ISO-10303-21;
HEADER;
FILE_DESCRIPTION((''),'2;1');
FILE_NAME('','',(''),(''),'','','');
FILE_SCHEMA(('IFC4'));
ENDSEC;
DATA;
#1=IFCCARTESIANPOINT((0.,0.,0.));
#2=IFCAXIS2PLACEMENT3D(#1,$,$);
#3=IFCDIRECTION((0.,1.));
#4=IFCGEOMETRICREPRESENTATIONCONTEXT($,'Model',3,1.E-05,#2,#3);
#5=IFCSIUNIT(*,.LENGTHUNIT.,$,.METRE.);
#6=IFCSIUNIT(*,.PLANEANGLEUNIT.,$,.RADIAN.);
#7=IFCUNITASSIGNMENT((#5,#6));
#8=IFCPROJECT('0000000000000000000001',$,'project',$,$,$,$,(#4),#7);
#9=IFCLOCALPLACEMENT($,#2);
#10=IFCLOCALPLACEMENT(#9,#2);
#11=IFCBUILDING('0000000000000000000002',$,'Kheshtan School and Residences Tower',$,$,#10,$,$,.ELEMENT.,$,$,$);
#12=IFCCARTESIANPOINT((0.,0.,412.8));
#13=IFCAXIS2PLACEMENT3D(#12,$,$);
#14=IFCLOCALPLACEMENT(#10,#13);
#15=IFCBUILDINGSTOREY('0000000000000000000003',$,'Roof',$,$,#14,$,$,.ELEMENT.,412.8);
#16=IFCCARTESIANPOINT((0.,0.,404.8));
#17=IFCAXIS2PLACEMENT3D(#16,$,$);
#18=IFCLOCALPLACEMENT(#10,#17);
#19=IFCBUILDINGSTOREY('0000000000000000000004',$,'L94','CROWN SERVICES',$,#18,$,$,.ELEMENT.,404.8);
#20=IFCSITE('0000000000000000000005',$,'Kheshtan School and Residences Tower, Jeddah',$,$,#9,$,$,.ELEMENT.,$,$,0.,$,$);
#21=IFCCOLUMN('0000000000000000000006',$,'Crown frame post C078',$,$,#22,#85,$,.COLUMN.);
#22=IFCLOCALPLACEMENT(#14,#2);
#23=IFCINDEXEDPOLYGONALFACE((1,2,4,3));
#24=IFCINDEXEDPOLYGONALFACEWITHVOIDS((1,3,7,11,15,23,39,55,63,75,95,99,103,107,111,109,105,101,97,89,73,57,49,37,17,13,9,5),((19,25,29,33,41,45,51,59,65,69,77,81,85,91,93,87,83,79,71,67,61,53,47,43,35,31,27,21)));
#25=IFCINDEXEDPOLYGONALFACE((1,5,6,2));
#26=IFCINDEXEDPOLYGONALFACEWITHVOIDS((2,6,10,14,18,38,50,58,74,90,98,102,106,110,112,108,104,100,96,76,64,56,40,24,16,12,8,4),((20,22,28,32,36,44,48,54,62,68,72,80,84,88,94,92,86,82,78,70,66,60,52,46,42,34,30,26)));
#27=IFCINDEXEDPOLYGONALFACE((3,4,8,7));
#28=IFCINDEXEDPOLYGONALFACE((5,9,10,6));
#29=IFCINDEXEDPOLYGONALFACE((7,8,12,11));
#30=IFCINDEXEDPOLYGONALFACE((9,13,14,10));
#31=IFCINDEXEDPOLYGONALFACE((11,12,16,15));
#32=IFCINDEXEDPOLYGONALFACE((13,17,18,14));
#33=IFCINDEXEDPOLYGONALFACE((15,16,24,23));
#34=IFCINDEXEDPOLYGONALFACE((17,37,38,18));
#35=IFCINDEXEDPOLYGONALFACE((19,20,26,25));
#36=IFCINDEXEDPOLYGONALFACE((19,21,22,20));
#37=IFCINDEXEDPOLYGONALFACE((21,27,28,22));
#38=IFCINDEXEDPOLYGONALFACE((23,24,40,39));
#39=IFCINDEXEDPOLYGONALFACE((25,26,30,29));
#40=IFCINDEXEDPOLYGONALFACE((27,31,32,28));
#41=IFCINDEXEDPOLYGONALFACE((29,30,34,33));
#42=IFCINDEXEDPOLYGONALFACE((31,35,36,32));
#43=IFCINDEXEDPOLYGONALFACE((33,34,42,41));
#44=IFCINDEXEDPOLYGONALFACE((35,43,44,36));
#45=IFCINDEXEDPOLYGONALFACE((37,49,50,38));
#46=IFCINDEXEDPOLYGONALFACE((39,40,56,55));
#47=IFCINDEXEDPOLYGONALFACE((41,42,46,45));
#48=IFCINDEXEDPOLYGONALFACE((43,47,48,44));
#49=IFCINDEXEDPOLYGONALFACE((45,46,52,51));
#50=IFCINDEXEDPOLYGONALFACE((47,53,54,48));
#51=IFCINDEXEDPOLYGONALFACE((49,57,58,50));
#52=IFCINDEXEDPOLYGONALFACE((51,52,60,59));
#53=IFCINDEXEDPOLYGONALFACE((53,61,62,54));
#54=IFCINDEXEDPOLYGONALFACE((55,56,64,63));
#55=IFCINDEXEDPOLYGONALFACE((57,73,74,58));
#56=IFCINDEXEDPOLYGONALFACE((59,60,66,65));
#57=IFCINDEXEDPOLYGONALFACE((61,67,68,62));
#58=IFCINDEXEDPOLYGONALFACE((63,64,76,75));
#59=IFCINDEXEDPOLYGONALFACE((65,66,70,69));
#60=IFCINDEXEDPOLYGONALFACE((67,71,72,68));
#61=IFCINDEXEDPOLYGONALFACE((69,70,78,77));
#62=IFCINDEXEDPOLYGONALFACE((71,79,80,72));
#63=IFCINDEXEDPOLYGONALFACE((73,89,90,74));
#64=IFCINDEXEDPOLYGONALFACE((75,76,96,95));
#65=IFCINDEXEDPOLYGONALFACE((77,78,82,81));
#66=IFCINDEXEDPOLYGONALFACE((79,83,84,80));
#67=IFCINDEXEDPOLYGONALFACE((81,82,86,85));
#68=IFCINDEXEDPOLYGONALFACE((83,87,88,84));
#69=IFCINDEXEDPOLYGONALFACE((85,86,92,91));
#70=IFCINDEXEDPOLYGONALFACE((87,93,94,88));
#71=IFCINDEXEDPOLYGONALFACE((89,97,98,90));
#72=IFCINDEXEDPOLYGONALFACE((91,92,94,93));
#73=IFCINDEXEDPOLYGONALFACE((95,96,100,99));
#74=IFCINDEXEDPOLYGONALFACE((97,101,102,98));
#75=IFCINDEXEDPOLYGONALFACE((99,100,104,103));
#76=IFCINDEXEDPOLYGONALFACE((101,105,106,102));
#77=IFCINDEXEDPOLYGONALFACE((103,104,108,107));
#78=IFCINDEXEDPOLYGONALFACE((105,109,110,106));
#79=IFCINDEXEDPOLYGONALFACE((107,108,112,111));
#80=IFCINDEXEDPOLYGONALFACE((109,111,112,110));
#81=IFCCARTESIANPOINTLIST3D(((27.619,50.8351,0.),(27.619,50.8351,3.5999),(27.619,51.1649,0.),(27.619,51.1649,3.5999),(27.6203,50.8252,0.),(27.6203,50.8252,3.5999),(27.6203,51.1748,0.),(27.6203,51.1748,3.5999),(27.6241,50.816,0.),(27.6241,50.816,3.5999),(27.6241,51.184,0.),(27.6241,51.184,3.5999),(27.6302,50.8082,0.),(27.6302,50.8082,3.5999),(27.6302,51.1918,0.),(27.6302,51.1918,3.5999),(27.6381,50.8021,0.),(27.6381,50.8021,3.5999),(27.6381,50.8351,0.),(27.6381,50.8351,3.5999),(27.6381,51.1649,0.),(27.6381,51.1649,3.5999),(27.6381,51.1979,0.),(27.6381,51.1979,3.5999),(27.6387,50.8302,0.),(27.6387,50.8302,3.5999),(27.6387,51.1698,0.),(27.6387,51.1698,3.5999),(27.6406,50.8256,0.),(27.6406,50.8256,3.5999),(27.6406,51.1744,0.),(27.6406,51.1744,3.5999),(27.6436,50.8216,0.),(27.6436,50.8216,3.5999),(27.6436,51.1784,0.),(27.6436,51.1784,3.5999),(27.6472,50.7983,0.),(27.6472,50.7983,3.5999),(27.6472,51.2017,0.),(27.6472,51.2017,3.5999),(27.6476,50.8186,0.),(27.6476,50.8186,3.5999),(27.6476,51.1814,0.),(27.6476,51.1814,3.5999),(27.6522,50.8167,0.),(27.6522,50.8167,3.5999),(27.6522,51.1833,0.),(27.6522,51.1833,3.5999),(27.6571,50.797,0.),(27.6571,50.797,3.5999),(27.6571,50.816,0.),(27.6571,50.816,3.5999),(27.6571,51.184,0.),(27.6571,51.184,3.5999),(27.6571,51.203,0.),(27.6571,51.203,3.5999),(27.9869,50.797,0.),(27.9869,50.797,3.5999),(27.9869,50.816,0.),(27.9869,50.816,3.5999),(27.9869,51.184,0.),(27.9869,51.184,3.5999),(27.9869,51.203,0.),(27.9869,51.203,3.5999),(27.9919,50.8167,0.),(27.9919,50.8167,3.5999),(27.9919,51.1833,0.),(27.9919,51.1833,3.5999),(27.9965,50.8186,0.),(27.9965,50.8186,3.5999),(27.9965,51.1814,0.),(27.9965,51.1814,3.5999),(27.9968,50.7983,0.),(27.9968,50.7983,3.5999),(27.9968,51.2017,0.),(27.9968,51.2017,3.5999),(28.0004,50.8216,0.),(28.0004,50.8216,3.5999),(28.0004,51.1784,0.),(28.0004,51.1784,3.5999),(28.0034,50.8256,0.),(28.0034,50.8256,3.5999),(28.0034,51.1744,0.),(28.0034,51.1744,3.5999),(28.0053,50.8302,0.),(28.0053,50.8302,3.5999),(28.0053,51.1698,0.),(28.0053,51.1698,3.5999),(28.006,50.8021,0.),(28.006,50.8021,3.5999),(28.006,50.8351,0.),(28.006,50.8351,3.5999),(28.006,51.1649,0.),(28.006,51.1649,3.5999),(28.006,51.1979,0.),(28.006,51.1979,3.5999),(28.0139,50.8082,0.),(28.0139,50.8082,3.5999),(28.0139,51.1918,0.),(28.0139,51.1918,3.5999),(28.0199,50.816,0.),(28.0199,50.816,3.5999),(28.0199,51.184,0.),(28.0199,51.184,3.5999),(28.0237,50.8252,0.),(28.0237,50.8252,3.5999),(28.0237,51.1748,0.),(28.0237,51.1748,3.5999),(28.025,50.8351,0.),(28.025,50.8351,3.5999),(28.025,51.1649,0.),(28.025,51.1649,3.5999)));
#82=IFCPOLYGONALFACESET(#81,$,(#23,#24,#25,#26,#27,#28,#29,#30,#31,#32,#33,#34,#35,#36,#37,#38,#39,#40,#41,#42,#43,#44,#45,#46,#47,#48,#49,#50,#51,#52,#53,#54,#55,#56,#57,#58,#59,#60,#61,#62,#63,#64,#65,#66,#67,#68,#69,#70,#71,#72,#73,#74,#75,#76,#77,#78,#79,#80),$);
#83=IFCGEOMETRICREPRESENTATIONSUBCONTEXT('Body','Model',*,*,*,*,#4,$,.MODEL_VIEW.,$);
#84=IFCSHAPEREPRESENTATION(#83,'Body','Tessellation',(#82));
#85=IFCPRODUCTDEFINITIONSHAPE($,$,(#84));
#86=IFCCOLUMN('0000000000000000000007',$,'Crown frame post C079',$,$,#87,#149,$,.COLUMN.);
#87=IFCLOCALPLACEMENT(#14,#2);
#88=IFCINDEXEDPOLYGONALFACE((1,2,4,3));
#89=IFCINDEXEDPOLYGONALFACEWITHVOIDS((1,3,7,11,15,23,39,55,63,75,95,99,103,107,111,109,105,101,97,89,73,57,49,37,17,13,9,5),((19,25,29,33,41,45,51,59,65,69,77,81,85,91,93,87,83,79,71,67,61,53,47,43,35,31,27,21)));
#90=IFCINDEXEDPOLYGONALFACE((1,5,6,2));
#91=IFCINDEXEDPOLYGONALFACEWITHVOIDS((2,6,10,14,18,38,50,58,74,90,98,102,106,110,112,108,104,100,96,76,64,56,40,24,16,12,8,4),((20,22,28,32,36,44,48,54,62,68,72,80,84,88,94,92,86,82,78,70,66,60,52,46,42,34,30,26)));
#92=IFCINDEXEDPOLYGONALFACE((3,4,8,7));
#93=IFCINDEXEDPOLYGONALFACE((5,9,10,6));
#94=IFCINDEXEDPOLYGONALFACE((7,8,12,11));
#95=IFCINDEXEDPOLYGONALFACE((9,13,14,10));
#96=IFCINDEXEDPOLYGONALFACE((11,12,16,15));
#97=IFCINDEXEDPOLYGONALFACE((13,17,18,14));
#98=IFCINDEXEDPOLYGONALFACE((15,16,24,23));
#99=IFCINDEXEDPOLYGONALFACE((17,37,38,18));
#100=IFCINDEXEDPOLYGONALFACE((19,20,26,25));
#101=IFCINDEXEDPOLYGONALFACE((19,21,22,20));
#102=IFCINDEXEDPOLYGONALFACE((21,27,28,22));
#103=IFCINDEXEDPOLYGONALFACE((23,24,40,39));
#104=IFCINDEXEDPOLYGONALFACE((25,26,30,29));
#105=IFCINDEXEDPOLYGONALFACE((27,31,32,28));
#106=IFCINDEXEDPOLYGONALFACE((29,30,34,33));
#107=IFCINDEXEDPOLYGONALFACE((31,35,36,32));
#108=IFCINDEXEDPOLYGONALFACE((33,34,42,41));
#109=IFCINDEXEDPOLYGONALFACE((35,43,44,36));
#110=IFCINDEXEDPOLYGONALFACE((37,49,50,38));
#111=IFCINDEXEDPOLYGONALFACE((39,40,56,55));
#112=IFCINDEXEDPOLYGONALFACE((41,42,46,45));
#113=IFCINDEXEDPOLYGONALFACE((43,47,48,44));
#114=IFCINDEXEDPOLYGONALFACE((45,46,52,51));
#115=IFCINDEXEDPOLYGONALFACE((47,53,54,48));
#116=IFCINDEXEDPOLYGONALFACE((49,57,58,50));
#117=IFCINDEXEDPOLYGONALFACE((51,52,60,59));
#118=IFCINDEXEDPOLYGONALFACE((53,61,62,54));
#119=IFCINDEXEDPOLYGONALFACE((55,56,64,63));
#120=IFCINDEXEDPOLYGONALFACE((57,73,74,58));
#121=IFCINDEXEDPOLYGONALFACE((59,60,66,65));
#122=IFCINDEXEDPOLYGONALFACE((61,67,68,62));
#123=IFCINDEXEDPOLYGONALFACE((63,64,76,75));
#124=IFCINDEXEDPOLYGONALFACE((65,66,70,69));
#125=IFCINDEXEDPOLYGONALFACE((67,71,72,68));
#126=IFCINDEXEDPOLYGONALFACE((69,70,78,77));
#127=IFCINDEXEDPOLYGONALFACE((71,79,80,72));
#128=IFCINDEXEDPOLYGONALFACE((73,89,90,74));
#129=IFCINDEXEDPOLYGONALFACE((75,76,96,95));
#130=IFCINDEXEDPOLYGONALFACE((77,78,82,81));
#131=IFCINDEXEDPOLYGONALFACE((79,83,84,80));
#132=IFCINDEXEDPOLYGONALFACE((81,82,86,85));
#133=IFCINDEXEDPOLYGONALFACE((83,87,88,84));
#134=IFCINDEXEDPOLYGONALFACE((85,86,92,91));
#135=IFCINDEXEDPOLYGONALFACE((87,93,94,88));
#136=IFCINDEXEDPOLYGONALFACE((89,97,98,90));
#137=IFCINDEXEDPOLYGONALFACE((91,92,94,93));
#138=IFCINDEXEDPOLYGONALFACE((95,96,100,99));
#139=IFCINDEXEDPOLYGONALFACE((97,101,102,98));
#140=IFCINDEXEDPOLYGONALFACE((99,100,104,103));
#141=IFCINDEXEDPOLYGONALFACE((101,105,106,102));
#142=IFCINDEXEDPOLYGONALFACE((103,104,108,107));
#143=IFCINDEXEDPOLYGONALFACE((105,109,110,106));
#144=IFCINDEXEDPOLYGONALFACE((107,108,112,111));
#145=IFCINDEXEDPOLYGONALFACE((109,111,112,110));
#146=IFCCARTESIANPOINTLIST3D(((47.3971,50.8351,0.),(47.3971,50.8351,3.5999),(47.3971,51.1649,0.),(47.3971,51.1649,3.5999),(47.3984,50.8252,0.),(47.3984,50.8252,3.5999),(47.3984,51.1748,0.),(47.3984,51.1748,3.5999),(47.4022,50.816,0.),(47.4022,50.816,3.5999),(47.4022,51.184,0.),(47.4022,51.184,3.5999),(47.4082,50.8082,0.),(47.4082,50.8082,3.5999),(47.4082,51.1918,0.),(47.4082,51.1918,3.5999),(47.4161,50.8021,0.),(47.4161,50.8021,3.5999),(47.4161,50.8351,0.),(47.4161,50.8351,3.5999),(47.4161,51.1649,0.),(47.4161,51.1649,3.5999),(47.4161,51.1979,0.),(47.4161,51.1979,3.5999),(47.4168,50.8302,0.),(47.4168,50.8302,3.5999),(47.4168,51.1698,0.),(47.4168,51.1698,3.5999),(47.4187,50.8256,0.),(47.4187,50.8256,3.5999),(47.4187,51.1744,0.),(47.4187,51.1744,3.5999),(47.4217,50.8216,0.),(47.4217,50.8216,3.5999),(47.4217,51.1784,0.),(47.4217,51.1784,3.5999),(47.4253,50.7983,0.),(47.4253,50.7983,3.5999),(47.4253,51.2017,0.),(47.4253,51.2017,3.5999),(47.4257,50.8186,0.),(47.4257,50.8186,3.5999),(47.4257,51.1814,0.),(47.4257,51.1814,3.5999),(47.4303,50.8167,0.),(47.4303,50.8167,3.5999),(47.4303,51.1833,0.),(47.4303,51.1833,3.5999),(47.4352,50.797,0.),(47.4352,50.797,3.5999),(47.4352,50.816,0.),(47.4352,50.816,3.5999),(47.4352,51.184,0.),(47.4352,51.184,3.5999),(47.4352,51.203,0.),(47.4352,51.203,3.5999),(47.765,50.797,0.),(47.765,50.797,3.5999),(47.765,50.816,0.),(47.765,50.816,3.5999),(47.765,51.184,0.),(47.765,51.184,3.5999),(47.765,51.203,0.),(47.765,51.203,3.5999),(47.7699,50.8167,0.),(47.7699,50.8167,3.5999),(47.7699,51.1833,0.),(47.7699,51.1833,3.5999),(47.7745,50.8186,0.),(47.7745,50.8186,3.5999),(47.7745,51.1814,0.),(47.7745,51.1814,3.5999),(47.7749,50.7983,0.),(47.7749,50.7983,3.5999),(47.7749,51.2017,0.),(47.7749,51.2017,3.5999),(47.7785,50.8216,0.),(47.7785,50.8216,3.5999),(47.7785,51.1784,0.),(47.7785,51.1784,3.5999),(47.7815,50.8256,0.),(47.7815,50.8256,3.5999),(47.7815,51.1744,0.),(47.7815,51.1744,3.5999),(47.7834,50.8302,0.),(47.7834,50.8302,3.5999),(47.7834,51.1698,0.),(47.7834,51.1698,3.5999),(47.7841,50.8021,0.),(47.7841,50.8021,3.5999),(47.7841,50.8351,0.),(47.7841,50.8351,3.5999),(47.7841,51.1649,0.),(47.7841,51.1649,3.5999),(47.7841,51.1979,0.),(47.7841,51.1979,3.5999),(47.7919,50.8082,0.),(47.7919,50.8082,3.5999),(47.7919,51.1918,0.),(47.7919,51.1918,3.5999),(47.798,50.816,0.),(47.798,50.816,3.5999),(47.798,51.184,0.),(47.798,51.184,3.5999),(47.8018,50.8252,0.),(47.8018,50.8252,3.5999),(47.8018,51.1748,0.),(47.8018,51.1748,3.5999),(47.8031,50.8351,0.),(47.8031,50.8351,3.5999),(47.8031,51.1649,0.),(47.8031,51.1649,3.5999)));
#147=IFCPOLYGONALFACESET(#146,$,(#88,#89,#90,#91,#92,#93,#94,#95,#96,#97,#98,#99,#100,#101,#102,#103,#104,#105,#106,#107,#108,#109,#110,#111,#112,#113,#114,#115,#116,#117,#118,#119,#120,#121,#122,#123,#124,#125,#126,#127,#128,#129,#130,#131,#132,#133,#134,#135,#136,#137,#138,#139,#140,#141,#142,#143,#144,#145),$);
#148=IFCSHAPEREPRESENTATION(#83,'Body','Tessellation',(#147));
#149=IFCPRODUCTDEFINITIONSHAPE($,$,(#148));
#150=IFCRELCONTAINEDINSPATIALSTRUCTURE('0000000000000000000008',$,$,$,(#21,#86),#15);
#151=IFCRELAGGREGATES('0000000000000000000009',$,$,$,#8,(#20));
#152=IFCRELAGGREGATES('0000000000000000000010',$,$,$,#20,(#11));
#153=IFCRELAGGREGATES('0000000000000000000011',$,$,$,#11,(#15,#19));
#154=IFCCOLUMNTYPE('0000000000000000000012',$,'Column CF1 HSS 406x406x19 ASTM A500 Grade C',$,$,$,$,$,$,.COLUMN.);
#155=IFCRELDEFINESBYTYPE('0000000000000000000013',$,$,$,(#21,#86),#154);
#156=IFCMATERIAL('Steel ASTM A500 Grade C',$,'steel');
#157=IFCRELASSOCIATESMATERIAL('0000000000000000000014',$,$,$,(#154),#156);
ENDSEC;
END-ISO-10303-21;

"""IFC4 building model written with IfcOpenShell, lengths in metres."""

from ifc_helpers import new_model, si_unit, direction, frame, origin, origin_2d, place, context, subcontext, project, spatial, hollow_rectangle, extrude, material, material_profile, profile_set, type_object, element, save


model = new_model("IFC4")

# Units and contexts
model_context = context("Model", 3, precision=1e-05, world=origin(), true_north=direction((0.0, 1.0)))
body_context = subcontext(model_context, "Body", "Model", "MODEL_VIEW")
ifc_project = project(units=[si_unit("LENGTHUNIT", "METRE"), si_unit("PLANEANGLEUNIT", "RADIAN")], contexts=[model_context])

# Site, building, storey
site_placement = place(None, origin())
site = spatial("IfcSite", under=ifc_project, at=site_placement, Name="Kheshtan School and Residences Tower, Jeddah", CompositionType="ELEMENT", RefElevation=0.0)
building_placement = place(site_placement, origin())
building = spatial("IfcBuilding", under=site, at=building_placement, Name="Kheshtan School and Residences Tower", CompositionType="ELEMENT")
storey_1_placement = place(building_placement, frame((0.0, 0.0, 412.8)))
storey_1 = spatial("IfcBuildingStorey", under=building, at=storey_1_placement, Name="Roof", CompositionType="ELEMENT", Elevation=412.8)

# Columns
ifc_material_1 = material(Name="Steel ASTM A500 Grade C", Category="steel")
ifc_material_profile = material_profile(ifc_material_1, hollow_rectangle(XDim=0.406, YDim=0.406, WallThickness=0.019, InnerFilletRadius=0.019, OuterFilletRadius=0.0381, at=origin_2d()), Name="HSS 406x406x19")
ifc_profile_set = profile_set([ifc_material_profile], Name="Steel ASTM A500 Grade C")
column_type = type_object("IfcColumnType", Name="Column CF1 HSS 406x406x19 ASTM A500 Grade C", PredefinedType="COLUMN", material=ifc_profile_set)
for number, where, z_axis, x_axis, name in (
    (1, (27.822, 51.0, 0.0), (0.0, 0.0, 1.0), (1.0, 0.0, 0.0), "Crown frame post C078"),
    (2, (47.6001, 51.0, 0.0), (0.0, 0.0, 1.0), (1.0, 0.0, 0.0), "Crown frame post C079"),
):
    element("IfcColumn", number, at=place(storey_1_placement, frame(where, z_axis=z_axis, x_axis=x_axis)), inside=storey_1, type_object=column_type, Name=name, PredefinedType="COLUMN", context=body_context, shape_type="SweptSolid", body=[
        extrude(hollow_rectangle(XDim=0.406, YDim=0.406, WallThickness=0.019, InnerFilletRadius=0.019, OuterFilletRadius=0.0381, at=origin_2d()), origin(), (0.0, 0.0, 1.0), 3.5999),
    ])

# Shared definitions
storey_2_placement = place(building_placement, frame((0.0, 0.0, 404.8)))
storey_2 = spatial("IfcBuildingStorey", under=building, at=storey_2_placement, Name="L94", Description="CROWN SERVICES", CompositionType="ELEMENT", Elevation=404.8)

save(model, "model.ifc")
